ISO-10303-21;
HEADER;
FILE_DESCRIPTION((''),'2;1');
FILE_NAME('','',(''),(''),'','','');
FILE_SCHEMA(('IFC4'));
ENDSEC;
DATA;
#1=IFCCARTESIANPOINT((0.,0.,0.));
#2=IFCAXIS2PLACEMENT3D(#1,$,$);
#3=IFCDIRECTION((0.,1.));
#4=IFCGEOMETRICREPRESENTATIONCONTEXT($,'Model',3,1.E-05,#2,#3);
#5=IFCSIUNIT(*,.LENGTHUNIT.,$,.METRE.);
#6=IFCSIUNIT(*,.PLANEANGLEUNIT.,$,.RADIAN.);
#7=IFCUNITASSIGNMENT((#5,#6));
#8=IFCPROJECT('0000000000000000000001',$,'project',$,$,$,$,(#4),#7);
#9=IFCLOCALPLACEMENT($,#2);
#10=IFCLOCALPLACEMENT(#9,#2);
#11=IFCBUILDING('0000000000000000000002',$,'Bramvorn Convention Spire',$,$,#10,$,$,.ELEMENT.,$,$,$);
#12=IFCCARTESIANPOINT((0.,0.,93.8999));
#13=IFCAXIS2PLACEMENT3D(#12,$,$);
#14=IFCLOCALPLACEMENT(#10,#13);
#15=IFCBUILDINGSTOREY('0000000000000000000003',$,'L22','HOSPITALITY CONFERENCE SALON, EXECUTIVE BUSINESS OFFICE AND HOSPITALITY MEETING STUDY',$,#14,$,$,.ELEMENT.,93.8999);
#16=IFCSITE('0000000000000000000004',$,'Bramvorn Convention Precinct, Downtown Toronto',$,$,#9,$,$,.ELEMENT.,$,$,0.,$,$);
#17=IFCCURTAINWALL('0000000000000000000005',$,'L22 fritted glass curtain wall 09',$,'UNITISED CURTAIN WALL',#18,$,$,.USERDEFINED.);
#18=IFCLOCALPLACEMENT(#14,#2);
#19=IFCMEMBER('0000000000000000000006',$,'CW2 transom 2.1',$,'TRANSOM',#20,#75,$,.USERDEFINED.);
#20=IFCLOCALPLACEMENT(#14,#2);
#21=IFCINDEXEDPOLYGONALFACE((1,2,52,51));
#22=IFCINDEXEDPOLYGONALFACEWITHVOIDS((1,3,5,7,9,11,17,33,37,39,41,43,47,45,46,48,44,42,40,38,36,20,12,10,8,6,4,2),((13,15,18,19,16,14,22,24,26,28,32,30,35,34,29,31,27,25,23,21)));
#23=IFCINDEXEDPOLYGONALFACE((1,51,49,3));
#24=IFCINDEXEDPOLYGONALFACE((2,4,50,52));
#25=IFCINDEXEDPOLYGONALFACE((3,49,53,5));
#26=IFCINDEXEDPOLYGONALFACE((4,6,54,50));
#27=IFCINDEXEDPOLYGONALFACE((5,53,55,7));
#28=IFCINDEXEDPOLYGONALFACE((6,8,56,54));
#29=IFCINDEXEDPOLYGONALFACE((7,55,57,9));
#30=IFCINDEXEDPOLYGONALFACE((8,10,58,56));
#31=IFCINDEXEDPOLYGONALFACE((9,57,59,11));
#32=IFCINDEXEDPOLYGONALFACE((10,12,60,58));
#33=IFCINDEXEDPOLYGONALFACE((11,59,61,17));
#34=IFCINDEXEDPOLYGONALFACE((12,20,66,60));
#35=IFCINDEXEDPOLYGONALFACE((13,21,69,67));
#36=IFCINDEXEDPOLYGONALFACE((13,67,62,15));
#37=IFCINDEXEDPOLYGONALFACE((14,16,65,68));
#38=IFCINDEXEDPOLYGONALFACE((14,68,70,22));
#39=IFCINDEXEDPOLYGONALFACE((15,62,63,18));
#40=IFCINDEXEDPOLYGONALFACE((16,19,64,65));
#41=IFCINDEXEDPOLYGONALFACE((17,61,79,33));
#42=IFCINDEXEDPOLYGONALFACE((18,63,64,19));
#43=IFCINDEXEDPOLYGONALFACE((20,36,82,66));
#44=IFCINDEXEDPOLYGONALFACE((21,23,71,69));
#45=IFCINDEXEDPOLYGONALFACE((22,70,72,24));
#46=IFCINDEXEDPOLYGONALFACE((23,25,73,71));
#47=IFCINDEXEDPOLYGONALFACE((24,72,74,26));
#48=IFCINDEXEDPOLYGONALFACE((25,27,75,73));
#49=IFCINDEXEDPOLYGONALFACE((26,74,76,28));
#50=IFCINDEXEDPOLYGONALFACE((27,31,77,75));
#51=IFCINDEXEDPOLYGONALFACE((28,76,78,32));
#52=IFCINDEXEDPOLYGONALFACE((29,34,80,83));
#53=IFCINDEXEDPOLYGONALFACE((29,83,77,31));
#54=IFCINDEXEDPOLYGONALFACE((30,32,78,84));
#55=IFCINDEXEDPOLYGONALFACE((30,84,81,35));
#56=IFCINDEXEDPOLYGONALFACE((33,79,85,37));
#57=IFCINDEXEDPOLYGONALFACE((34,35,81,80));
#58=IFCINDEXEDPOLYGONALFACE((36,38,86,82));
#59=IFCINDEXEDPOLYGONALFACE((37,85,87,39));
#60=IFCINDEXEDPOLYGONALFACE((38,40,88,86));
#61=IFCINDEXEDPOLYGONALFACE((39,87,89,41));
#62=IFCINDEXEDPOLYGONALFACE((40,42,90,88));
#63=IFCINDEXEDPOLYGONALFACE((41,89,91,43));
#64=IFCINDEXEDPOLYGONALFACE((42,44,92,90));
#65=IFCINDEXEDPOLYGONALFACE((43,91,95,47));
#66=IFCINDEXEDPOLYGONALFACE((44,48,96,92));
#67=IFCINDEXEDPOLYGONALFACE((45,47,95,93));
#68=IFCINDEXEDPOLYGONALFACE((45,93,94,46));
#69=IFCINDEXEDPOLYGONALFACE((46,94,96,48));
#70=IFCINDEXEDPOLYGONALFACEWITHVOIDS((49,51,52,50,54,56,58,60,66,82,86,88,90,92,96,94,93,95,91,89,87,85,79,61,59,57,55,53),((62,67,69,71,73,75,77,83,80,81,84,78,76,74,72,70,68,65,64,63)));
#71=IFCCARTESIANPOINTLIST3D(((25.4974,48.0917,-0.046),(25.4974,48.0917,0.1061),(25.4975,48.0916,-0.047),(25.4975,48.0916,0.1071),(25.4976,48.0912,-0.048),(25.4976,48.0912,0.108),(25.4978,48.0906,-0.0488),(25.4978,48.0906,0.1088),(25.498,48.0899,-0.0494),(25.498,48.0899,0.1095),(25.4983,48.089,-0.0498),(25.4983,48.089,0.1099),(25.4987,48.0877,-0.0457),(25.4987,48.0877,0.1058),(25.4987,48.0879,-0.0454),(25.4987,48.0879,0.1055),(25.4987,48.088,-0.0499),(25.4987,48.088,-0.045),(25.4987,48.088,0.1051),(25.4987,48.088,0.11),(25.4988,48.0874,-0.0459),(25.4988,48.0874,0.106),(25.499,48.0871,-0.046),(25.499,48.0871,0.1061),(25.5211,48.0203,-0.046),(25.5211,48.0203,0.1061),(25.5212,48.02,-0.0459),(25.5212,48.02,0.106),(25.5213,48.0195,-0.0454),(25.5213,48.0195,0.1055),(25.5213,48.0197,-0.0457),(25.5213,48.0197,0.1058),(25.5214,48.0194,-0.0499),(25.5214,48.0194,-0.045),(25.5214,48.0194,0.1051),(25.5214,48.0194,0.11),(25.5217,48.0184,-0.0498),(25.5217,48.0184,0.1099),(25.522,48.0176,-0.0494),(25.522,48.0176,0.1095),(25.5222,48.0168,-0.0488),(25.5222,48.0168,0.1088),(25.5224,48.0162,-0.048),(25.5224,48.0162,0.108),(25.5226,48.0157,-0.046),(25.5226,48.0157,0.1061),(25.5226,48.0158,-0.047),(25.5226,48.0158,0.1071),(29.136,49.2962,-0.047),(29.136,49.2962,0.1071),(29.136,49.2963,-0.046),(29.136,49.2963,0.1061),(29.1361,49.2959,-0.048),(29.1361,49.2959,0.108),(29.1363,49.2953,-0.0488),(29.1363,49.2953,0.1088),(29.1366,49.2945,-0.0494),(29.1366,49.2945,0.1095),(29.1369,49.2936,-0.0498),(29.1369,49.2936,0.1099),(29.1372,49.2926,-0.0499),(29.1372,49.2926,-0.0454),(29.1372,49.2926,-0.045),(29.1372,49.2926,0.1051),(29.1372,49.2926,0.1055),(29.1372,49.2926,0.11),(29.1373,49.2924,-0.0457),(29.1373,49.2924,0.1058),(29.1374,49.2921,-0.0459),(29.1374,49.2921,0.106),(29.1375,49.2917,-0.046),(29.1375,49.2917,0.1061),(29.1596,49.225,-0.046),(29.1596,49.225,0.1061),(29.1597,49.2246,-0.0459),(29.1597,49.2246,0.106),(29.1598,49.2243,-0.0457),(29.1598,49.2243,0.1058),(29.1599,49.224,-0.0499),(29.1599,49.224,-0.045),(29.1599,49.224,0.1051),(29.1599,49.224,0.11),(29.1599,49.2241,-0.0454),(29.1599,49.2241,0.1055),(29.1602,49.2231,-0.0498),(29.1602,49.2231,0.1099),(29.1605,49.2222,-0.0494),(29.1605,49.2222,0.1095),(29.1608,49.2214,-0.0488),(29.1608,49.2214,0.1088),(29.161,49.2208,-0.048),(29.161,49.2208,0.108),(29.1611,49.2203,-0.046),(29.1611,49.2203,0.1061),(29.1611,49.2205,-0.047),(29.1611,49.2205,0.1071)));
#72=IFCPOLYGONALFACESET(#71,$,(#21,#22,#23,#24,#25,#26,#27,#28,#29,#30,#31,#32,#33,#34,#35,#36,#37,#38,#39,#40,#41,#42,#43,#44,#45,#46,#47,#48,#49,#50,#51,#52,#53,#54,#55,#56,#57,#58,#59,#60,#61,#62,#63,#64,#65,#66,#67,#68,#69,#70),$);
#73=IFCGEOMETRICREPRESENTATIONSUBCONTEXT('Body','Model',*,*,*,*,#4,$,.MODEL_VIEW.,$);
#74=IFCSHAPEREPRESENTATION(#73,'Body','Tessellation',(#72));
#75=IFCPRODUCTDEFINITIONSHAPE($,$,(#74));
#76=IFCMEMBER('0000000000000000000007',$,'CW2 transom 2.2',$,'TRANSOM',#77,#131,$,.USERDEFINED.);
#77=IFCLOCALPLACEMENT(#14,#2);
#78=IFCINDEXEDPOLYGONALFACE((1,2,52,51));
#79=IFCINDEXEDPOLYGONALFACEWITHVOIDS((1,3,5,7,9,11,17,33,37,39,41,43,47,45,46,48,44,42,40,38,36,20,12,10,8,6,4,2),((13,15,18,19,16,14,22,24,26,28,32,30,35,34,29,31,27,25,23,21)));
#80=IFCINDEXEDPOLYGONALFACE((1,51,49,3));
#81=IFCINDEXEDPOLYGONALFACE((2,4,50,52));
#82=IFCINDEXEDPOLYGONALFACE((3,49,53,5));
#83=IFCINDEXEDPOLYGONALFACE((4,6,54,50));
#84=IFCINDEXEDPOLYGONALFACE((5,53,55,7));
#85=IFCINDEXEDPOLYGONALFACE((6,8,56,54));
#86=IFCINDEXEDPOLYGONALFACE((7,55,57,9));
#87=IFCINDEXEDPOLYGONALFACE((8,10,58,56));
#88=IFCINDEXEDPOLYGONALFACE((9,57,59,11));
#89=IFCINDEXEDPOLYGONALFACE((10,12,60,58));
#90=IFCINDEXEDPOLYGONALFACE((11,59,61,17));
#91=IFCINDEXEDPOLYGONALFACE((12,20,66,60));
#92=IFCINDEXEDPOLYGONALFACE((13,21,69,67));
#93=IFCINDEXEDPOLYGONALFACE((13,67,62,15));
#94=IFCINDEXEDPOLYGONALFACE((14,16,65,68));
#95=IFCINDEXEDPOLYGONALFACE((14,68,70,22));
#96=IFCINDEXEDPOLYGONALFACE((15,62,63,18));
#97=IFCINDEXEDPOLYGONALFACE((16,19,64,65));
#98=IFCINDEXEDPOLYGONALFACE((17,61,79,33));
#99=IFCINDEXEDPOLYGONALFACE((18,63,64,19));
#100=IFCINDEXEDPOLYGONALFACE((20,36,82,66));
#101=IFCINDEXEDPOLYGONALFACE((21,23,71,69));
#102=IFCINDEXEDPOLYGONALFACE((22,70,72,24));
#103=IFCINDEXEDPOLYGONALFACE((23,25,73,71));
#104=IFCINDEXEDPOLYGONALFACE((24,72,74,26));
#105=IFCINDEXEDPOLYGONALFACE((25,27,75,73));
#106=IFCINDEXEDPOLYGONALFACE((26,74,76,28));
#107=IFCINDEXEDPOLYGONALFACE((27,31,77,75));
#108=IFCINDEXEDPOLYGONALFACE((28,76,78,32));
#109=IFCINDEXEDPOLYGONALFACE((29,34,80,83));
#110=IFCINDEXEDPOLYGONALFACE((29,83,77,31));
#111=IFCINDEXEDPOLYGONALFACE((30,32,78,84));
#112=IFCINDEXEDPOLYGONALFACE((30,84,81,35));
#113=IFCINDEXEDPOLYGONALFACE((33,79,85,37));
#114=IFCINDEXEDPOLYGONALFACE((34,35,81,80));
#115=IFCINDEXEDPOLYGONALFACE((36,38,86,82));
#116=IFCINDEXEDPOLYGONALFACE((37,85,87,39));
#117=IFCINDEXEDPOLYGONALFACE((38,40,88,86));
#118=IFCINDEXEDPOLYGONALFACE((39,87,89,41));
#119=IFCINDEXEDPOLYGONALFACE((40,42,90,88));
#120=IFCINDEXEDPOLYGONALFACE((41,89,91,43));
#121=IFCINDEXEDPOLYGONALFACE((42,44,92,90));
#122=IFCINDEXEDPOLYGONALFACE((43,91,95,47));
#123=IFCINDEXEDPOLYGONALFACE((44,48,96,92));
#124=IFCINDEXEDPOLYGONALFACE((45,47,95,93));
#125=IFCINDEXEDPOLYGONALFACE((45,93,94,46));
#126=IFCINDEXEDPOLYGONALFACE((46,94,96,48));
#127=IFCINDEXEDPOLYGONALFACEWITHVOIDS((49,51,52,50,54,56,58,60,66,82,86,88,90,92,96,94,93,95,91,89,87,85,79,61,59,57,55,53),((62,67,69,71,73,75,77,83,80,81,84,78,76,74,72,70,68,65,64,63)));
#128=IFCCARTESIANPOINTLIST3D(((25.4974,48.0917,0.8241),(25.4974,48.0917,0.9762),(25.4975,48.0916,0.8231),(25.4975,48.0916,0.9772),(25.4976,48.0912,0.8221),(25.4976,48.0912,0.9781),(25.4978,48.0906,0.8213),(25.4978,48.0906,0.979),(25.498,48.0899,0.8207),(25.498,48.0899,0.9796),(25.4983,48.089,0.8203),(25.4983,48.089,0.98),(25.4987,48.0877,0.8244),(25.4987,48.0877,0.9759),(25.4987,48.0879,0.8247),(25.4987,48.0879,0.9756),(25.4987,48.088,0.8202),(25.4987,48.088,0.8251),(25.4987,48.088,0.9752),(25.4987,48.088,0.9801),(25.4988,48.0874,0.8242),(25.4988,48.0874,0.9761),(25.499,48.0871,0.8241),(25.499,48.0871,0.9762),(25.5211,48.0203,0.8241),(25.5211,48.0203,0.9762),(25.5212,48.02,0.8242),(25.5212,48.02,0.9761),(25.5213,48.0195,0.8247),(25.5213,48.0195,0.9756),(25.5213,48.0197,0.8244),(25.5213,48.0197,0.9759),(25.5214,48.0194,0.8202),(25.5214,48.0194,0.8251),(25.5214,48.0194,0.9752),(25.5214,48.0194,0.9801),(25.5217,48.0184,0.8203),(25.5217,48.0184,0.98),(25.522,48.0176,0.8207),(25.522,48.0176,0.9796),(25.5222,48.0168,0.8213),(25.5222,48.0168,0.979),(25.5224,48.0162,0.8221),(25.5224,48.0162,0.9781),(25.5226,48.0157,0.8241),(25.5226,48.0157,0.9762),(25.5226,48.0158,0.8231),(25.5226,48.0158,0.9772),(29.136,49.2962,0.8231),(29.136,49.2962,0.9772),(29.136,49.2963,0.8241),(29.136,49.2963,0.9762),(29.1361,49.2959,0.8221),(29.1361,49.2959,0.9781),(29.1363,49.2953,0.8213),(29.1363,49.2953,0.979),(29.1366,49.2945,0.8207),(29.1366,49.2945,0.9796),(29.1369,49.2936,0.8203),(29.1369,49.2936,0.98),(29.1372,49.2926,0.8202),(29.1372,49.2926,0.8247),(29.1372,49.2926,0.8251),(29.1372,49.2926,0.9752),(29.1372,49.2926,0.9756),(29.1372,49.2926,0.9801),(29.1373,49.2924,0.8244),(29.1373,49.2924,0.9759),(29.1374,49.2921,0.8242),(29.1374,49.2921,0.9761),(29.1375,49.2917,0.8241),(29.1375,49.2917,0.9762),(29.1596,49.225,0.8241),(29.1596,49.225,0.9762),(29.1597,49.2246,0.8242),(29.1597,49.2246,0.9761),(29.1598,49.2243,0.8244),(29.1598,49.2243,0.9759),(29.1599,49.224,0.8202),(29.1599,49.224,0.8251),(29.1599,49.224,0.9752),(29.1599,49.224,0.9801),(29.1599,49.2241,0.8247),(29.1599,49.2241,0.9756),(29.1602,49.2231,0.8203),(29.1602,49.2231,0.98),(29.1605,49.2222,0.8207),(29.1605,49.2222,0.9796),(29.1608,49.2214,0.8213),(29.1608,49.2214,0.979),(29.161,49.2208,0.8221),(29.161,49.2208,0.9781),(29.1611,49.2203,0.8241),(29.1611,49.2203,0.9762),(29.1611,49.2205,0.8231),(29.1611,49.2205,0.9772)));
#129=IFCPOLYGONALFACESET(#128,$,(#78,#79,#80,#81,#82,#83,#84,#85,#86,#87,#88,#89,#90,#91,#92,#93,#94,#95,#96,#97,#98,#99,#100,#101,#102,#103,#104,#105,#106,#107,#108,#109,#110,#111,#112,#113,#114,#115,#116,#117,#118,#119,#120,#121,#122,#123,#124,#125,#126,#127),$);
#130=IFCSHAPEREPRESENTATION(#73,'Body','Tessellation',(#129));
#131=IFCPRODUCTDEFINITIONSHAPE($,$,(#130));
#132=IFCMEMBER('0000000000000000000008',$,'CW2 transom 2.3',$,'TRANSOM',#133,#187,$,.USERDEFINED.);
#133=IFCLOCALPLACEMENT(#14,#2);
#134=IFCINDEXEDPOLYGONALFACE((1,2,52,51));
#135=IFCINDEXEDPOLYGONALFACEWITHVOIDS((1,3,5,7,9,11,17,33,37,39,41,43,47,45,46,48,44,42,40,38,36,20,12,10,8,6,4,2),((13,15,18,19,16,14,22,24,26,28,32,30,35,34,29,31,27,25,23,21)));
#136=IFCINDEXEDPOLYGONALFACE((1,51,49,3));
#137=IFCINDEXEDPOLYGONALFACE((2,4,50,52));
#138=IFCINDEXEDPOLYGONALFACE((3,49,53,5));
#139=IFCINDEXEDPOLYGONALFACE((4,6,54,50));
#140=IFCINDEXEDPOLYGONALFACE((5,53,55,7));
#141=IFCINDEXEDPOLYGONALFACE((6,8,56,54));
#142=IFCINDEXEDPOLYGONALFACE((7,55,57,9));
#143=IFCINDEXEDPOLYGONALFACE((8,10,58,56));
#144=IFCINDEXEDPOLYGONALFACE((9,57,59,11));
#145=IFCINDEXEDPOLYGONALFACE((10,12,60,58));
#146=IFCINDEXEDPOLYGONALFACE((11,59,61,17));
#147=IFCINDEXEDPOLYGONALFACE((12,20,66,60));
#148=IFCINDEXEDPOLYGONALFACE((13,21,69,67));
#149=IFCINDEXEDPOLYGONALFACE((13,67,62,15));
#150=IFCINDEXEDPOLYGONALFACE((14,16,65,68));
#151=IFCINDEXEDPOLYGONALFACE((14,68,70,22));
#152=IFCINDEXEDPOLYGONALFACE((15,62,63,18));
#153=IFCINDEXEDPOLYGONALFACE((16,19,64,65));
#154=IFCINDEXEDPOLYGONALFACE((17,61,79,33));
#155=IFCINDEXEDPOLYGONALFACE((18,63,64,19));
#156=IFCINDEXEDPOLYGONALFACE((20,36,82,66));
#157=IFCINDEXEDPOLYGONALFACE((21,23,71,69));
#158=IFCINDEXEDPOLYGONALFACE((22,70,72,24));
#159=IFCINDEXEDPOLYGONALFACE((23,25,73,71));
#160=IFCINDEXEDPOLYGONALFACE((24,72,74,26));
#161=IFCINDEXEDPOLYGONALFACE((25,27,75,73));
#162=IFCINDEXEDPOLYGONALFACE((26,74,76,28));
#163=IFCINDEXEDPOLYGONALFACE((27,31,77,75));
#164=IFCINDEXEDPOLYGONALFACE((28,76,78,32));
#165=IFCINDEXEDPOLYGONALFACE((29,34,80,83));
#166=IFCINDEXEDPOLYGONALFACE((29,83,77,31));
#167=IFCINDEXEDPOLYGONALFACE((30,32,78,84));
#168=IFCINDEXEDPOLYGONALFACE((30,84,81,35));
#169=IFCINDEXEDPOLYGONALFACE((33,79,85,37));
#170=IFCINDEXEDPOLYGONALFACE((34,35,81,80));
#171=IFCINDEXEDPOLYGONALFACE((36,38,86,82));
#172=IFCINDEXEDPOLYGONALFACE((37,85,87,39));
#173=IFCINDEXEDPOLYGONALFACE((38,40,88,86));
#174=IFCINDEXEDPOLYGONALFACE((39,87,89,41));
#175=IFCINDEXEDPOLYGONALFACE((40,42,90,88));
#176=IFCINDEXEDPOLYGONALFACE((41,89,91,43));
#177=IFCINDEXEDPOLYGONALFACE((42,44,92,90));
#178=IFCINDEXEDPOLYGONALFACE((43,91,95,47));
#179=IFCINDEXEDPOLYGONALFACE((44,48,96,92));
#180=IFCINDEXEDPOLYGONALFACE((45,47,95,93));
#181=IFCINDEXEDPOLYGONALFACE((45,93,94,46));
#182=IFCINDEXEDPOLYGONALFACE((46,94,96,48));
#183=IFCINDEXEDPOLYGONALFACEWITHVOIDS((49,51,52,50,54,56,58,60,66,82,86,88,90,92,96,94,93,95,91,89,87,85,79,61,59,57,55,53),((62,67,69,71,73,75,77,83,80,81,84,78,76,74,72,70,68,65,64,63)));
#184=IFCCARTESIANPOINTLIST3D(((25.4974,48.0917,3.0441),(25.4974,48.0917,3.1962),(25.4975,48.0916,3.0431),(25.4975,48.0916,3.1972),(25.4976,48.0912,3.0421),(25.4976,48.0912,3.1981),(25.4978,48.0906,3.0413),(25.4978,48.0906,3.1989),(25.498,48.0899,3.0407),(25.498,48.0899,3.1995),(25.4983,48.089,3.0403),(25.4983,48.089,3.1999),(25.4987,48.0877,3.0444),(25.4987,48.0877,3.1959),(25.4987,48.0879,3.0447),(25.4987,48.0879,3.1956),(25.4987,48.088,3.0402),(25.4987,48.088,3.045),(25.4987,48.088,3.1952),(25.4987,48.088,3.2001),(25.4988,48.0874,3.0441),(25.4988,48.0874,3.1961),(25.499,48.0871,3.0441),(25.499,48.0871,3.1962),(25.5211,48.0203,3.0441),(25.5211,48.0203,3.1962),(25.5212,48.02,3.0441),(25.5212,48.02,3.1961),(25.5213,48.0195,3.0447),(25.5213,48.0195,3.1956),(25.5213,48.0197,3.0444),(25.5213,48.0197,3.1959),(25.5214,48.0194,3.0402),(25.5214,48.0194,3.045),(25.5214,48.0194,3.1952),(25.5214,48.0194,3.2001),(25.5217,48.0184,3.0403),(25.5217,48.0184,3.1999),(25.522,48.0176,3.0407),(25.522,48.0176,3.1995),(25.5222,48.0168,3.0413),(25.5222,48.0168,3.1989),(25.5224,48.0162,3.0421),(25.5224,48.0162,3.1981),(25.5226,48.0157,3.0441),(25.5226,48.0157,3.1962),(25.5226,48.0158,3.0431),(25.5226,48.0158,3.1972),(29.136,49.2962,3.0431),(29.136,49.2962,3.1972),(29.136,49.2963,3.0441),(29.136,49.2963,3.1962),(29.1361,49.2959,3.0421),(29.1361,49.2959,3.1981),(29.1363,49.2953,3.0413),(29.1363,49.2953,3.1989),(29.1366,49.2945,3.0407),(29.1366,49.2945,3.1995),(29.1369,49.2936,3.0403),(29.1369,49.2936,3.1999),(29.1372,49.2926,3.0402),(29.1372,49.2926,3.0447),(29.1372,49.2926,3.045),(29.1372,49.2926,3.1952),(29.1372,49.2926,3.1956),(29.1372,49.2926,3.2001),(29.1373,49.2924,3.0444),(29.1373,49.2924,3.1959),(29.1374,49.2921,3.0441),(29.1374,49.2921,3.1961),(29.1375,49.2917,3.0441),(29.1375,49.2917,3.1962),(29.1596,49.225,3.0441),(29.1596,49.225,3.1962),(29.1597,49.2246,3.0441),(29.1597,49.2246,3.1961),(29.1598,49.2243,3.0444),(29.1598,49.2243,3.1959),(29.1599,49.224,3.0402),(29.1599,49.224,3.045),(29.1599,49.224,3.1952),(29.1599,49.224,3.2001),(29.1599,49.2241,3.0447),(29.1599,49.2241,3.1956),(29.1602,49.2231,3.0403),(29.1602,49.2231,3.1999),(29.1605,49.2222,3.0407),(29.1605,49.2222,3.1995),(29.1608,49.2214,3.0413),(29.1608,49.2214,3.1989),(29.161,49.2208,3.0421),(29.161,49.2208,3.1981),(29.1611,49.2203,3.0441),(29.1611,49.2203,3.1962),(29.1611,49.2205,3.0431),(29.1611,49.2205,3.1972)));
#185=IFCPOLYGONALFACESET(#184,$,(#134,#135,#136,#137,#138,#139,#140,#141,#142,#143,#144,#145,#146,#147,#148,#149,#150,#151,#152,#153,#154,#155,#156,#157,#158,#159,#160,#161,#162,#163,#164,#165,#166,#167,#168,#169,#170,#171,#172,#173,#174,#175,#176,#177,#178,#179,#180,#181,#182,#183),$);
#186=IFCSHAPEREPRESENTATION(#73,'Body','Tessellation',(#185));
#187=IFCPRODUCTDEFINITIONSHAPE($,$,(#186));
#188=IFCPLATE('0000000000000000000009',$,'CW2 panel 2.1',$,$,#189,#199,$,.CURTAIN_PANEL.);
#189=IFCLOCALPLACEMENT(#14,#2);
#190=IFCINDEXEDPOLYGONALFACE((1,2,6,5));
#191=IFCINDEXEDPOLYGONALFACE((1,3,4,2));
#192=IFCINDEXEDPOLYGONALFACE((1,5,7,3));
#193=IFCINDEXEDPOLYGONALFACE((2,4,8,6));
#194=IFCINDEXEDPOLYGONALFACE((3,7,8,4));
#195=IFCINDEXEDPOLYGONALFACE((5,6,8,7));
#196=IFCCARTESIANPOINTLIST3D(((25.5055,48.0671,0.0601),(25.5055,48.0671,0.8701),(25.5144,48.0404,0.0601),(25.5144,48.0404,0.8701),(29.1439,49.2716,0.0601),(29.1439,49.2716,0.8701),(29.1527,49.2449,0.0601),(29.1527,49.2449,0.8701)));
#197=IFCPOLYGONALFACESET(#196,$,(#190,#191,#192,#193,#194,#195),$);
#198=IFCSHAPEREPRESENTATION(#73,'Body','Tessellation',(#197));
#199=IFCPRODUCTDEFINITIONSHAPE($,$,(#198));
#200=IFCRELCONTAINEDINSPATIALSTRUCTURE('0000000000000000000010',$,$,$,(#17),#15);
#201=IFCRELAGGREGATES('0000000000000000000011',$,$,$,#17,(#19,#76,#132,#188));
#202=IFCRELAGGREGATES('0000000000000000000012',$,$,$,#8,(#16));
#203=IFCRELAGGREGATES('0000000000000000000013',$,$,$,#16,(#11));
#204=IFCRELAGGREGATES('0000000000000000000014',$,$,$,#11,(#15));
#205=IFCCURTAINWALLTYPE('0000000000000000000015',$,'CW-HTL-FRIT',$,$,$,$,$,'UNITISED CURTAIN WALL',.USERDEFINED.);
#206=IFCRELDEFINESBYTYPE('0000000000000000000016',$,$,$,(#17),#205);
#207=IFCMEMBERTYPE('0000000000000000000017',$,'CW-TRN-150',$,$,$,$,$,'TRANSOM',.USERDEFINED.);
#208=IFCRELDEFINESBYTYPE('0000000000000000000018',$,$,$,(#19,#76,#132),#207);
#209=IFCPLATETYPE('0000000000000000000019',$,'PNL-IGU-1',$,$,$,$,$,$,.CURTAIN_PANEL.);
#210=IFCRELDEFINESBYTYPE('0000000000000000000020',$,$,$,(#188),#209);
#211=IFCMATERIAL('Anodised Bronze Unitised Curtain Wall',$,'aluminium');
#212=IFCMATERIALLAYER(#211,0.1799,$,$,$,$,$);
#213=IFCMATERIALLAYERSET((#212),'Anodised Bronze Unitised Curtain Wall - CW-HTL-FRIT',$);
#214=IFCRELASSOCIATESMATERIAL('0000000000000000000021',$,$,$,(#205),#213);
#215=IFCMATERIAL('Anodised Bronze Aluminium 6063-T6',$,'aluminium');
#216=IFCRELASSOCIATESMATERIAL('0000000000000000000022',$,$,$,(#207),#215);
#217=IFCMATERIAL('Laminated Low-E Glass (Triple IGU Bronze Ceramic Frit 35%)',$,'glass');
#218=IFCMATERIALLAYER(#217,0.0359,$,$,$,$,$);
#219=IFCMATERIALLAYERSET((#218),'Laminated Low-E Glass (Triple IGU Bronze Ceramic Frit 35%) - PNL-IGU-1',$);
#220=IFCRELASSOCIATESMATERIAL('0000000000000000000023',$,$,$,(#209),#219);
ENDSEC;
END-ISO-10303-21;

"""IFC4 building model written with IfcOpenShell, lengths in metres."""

from ifc_helpers import new_model, si_unit, direction, frame, origin, origin_2d, place, context, subcontext, project, spatial, rectangle, hollow_rectangle, extrude, material, layer, layer_set, material_profile, profile_set, type_object, element, aggregate, save


model = new_model("IFC4")

# Units and contexts
model_context = context("Model", 3, precision=1e-05, world=origin(), true_north=direction((0.0, 1.0)))
body_context = subcontext(model_context, "Body", "Model", "MODEL_VIEW")
ifc_project = project(units=[si_unit("LENGTHUNIT", "METRE"), si_unit("PLANEANGLEUNIT", "RADIAN")], contexts=[model_context])

# Site, building, storey
site_placement = place(None, origin())
site = spatial("IfcSite", under=ifc_project, at=site_placement, Name="Bramvorn Convention Precinct, Downtown Toronto", CompositionType="ELEMENT", RefElevation=0.0)
building_placement = place(site_placement, origin())
building = spatial("IfcBuilding", under=site, at=building_placement, Name="Bramvorn Convention Spire", CompositionType="ELEMENT")
storey_placement = place(building_placement, frame((0.0, 0.0, 93.8999)))
storey = spatial("IfcBuildingStorey", under=building, at=storey_placement, Name="L22", Description="HOSPITALITY CONFERENCE SALON, EXECUTIVE BUSINESS OFFICE AND HOSPITALITY MEETING STUDY", CompositionType="ELEMENT", Elevation=93.8999)

# Curtain wall, members, plate
ifc_material_1 = material(Name="Anodised Bronze Unitised Curtain Wall", Category="aluminium")
ifc_layer_1 = layer(ifc_material_1, 0.1799)
ifc_layer_set_1 = layer_set([ifc_layer_1], Name="Anodised Bronze Unitised Curtain Wall - CW-HTL-FRIT")
curtain_wall_type = type_object("IfcCurtainWallType", Name="CW-HTL-FRIT", ElementType="UNITISED CURTAIN WALL", PredefinedType="USERDEFINED", material=ifc_layer_set_1)
curtain_wall_placement = place(storey_placement, origin())
curtain_wall = element("IfcCurtainWall", 1, at=curtain_wall_placement, inside=storey, type_object=curtain_wall_type, Name="L22 fritted glass curtain wall 09", ObjectType="UNITISED CURTAIN WALL", PredefinedType="USERDEFINED")
ifc_material_2 = material(Name="Anodised Bronze Aluminium 6063-T6", Category="aluminium")
ifc_material_profile_1 = material_profile(ifc_material_2, hollow_rectangle(XDim=0.0801, YDim=0.1599, WallThickness=0.0039, InnerFilletRadius=0.001, OuterFilletRadius=0.0039, at=origin_2d()))
ifc_profile_set_1 = profile_set([ifc_material_profile_1], Name="Anodised Bronze Aluminium 6063-T6 - CWT80X160")
member_type_1 = type_object("IfcMemberType", Name="CW-TRN-150", ElementType="TRANSOM", PredefinedType="USERDEFINED", material=ifc_profile_set_1)
member_1_placement = place(storey_placement, frame((25.51, 48.0537, 0.03), z_axis=(0.949325, 0.314297, 0.0), x_axis=(-0.314297, 0.949325, 0.0)))
member_1 = element("IfcMember", 2, at=member_1_placement, type_object=member_type_1, Name="CW2 transom 2.1", ObjectType="TRANSOM", PredefinedType="USERDEFINED", context=body_context, shape_type="SweptSolid", body=[
    extrude(hollow_rectangle(XDim=0.0801, YDim=0.1599, WallThickness=0.0039, InnerFilletRadius=0.001, OuterFilletRadius=0.0039, at=origin_2d()), origin(), (0.0, 0.0, 1.0), 3.8328),
])
member_2_placement = place(storey_placement, frame((25.51, 48.0537, 0.9001), z_axis=(0.949325, 0.314297, 0.0), x_axis=(-0.314297, 0.949325, 0.0)))
member_2 = element("IfcMember", 3, at=member_2_placement, type_object=member_type_1, Name="CW2 transom 2.2", ObjectType="TRANSOM", PredefinedType="USERDEFINED", context=body_context, shape_type="SweptSolid", body=[
    extrude(hollow_rectangle(XDim=0.0801, YDim=0.1599, WallThickness=0.0039, InnerFilletRadius=0.001, OuterFilletRadius=0.0039, at=origin_2d()), origin(), (0.0, 0.0, 1.0), 3.8328),
])
member_3_placement = place(storey_placement, frame((25.51, 48.0537, 3.1201), z_axis=(0.949325, 0.314297, 0.0), x_axis=(-0.314297, 0.949325, 0.0)))
member_3 = element("IfcMember", 4, at=member_3_placement, type_object=member_type_1, Name="CW2 transom 2.3", ObjectType="TRANSOM", PredefinedType="USERDEFINED", context=body_context, shape_type="SweptSolid", body=[
    extrude(hollow_rectangle(XDim=0.0801, YDim=0.1599, WallThickness=0.0039, InnerFilletRadius=0.001, OuterFilletRadius=0.0039, at=origin_2d()), origin(), (0.0, 0.0, 1.0), 3.8328),
])
ifc_material_3 = material(Name="Laminated Low-E Glass (Triple IGU Bronze Ceramic Frit 35%)", Category="glass")
ifc_layer_2 = layer(ifc_material_3, 0.0359)
ifc_layer_set_2 = layer_set([ifc_layer_2], Name="Laminated Low-E Glass (Triple IGU Bronze Ceramic Frit 35%) - PNL-IGU-1")
plate_type = type_object("IfcPlateType", Name="PNL-IGU-1", PredefinedType="CURTAIN_PANEL", material=ifc_layer_set_2)
plate_1_placement = place(storey_placement, frame((27.3291, 48.656, 0.0601), z_axis=(0.0, 0.0, 1.0), x_axis=(0.94933, 0.314281, 0.0)))
plate_1 = element("IfcPlate", 5, at=plate_1_placement, type_object=plate_type, Name="CW2 panel 2.1", PredefinedType="CURTAIN_PANEL", context=body_context, shape_type="SweptSolid", body=[
    extrude(rectangle(XDim=3.8325, YDim=0.0281, at=origin_2d()), origin(), (0.0, 0.0, 1.0), 0.8101),
])
aggregate(curtain_wall, [member_1, member_2, member_3, plate_1])

save(model, "model.ifc")
